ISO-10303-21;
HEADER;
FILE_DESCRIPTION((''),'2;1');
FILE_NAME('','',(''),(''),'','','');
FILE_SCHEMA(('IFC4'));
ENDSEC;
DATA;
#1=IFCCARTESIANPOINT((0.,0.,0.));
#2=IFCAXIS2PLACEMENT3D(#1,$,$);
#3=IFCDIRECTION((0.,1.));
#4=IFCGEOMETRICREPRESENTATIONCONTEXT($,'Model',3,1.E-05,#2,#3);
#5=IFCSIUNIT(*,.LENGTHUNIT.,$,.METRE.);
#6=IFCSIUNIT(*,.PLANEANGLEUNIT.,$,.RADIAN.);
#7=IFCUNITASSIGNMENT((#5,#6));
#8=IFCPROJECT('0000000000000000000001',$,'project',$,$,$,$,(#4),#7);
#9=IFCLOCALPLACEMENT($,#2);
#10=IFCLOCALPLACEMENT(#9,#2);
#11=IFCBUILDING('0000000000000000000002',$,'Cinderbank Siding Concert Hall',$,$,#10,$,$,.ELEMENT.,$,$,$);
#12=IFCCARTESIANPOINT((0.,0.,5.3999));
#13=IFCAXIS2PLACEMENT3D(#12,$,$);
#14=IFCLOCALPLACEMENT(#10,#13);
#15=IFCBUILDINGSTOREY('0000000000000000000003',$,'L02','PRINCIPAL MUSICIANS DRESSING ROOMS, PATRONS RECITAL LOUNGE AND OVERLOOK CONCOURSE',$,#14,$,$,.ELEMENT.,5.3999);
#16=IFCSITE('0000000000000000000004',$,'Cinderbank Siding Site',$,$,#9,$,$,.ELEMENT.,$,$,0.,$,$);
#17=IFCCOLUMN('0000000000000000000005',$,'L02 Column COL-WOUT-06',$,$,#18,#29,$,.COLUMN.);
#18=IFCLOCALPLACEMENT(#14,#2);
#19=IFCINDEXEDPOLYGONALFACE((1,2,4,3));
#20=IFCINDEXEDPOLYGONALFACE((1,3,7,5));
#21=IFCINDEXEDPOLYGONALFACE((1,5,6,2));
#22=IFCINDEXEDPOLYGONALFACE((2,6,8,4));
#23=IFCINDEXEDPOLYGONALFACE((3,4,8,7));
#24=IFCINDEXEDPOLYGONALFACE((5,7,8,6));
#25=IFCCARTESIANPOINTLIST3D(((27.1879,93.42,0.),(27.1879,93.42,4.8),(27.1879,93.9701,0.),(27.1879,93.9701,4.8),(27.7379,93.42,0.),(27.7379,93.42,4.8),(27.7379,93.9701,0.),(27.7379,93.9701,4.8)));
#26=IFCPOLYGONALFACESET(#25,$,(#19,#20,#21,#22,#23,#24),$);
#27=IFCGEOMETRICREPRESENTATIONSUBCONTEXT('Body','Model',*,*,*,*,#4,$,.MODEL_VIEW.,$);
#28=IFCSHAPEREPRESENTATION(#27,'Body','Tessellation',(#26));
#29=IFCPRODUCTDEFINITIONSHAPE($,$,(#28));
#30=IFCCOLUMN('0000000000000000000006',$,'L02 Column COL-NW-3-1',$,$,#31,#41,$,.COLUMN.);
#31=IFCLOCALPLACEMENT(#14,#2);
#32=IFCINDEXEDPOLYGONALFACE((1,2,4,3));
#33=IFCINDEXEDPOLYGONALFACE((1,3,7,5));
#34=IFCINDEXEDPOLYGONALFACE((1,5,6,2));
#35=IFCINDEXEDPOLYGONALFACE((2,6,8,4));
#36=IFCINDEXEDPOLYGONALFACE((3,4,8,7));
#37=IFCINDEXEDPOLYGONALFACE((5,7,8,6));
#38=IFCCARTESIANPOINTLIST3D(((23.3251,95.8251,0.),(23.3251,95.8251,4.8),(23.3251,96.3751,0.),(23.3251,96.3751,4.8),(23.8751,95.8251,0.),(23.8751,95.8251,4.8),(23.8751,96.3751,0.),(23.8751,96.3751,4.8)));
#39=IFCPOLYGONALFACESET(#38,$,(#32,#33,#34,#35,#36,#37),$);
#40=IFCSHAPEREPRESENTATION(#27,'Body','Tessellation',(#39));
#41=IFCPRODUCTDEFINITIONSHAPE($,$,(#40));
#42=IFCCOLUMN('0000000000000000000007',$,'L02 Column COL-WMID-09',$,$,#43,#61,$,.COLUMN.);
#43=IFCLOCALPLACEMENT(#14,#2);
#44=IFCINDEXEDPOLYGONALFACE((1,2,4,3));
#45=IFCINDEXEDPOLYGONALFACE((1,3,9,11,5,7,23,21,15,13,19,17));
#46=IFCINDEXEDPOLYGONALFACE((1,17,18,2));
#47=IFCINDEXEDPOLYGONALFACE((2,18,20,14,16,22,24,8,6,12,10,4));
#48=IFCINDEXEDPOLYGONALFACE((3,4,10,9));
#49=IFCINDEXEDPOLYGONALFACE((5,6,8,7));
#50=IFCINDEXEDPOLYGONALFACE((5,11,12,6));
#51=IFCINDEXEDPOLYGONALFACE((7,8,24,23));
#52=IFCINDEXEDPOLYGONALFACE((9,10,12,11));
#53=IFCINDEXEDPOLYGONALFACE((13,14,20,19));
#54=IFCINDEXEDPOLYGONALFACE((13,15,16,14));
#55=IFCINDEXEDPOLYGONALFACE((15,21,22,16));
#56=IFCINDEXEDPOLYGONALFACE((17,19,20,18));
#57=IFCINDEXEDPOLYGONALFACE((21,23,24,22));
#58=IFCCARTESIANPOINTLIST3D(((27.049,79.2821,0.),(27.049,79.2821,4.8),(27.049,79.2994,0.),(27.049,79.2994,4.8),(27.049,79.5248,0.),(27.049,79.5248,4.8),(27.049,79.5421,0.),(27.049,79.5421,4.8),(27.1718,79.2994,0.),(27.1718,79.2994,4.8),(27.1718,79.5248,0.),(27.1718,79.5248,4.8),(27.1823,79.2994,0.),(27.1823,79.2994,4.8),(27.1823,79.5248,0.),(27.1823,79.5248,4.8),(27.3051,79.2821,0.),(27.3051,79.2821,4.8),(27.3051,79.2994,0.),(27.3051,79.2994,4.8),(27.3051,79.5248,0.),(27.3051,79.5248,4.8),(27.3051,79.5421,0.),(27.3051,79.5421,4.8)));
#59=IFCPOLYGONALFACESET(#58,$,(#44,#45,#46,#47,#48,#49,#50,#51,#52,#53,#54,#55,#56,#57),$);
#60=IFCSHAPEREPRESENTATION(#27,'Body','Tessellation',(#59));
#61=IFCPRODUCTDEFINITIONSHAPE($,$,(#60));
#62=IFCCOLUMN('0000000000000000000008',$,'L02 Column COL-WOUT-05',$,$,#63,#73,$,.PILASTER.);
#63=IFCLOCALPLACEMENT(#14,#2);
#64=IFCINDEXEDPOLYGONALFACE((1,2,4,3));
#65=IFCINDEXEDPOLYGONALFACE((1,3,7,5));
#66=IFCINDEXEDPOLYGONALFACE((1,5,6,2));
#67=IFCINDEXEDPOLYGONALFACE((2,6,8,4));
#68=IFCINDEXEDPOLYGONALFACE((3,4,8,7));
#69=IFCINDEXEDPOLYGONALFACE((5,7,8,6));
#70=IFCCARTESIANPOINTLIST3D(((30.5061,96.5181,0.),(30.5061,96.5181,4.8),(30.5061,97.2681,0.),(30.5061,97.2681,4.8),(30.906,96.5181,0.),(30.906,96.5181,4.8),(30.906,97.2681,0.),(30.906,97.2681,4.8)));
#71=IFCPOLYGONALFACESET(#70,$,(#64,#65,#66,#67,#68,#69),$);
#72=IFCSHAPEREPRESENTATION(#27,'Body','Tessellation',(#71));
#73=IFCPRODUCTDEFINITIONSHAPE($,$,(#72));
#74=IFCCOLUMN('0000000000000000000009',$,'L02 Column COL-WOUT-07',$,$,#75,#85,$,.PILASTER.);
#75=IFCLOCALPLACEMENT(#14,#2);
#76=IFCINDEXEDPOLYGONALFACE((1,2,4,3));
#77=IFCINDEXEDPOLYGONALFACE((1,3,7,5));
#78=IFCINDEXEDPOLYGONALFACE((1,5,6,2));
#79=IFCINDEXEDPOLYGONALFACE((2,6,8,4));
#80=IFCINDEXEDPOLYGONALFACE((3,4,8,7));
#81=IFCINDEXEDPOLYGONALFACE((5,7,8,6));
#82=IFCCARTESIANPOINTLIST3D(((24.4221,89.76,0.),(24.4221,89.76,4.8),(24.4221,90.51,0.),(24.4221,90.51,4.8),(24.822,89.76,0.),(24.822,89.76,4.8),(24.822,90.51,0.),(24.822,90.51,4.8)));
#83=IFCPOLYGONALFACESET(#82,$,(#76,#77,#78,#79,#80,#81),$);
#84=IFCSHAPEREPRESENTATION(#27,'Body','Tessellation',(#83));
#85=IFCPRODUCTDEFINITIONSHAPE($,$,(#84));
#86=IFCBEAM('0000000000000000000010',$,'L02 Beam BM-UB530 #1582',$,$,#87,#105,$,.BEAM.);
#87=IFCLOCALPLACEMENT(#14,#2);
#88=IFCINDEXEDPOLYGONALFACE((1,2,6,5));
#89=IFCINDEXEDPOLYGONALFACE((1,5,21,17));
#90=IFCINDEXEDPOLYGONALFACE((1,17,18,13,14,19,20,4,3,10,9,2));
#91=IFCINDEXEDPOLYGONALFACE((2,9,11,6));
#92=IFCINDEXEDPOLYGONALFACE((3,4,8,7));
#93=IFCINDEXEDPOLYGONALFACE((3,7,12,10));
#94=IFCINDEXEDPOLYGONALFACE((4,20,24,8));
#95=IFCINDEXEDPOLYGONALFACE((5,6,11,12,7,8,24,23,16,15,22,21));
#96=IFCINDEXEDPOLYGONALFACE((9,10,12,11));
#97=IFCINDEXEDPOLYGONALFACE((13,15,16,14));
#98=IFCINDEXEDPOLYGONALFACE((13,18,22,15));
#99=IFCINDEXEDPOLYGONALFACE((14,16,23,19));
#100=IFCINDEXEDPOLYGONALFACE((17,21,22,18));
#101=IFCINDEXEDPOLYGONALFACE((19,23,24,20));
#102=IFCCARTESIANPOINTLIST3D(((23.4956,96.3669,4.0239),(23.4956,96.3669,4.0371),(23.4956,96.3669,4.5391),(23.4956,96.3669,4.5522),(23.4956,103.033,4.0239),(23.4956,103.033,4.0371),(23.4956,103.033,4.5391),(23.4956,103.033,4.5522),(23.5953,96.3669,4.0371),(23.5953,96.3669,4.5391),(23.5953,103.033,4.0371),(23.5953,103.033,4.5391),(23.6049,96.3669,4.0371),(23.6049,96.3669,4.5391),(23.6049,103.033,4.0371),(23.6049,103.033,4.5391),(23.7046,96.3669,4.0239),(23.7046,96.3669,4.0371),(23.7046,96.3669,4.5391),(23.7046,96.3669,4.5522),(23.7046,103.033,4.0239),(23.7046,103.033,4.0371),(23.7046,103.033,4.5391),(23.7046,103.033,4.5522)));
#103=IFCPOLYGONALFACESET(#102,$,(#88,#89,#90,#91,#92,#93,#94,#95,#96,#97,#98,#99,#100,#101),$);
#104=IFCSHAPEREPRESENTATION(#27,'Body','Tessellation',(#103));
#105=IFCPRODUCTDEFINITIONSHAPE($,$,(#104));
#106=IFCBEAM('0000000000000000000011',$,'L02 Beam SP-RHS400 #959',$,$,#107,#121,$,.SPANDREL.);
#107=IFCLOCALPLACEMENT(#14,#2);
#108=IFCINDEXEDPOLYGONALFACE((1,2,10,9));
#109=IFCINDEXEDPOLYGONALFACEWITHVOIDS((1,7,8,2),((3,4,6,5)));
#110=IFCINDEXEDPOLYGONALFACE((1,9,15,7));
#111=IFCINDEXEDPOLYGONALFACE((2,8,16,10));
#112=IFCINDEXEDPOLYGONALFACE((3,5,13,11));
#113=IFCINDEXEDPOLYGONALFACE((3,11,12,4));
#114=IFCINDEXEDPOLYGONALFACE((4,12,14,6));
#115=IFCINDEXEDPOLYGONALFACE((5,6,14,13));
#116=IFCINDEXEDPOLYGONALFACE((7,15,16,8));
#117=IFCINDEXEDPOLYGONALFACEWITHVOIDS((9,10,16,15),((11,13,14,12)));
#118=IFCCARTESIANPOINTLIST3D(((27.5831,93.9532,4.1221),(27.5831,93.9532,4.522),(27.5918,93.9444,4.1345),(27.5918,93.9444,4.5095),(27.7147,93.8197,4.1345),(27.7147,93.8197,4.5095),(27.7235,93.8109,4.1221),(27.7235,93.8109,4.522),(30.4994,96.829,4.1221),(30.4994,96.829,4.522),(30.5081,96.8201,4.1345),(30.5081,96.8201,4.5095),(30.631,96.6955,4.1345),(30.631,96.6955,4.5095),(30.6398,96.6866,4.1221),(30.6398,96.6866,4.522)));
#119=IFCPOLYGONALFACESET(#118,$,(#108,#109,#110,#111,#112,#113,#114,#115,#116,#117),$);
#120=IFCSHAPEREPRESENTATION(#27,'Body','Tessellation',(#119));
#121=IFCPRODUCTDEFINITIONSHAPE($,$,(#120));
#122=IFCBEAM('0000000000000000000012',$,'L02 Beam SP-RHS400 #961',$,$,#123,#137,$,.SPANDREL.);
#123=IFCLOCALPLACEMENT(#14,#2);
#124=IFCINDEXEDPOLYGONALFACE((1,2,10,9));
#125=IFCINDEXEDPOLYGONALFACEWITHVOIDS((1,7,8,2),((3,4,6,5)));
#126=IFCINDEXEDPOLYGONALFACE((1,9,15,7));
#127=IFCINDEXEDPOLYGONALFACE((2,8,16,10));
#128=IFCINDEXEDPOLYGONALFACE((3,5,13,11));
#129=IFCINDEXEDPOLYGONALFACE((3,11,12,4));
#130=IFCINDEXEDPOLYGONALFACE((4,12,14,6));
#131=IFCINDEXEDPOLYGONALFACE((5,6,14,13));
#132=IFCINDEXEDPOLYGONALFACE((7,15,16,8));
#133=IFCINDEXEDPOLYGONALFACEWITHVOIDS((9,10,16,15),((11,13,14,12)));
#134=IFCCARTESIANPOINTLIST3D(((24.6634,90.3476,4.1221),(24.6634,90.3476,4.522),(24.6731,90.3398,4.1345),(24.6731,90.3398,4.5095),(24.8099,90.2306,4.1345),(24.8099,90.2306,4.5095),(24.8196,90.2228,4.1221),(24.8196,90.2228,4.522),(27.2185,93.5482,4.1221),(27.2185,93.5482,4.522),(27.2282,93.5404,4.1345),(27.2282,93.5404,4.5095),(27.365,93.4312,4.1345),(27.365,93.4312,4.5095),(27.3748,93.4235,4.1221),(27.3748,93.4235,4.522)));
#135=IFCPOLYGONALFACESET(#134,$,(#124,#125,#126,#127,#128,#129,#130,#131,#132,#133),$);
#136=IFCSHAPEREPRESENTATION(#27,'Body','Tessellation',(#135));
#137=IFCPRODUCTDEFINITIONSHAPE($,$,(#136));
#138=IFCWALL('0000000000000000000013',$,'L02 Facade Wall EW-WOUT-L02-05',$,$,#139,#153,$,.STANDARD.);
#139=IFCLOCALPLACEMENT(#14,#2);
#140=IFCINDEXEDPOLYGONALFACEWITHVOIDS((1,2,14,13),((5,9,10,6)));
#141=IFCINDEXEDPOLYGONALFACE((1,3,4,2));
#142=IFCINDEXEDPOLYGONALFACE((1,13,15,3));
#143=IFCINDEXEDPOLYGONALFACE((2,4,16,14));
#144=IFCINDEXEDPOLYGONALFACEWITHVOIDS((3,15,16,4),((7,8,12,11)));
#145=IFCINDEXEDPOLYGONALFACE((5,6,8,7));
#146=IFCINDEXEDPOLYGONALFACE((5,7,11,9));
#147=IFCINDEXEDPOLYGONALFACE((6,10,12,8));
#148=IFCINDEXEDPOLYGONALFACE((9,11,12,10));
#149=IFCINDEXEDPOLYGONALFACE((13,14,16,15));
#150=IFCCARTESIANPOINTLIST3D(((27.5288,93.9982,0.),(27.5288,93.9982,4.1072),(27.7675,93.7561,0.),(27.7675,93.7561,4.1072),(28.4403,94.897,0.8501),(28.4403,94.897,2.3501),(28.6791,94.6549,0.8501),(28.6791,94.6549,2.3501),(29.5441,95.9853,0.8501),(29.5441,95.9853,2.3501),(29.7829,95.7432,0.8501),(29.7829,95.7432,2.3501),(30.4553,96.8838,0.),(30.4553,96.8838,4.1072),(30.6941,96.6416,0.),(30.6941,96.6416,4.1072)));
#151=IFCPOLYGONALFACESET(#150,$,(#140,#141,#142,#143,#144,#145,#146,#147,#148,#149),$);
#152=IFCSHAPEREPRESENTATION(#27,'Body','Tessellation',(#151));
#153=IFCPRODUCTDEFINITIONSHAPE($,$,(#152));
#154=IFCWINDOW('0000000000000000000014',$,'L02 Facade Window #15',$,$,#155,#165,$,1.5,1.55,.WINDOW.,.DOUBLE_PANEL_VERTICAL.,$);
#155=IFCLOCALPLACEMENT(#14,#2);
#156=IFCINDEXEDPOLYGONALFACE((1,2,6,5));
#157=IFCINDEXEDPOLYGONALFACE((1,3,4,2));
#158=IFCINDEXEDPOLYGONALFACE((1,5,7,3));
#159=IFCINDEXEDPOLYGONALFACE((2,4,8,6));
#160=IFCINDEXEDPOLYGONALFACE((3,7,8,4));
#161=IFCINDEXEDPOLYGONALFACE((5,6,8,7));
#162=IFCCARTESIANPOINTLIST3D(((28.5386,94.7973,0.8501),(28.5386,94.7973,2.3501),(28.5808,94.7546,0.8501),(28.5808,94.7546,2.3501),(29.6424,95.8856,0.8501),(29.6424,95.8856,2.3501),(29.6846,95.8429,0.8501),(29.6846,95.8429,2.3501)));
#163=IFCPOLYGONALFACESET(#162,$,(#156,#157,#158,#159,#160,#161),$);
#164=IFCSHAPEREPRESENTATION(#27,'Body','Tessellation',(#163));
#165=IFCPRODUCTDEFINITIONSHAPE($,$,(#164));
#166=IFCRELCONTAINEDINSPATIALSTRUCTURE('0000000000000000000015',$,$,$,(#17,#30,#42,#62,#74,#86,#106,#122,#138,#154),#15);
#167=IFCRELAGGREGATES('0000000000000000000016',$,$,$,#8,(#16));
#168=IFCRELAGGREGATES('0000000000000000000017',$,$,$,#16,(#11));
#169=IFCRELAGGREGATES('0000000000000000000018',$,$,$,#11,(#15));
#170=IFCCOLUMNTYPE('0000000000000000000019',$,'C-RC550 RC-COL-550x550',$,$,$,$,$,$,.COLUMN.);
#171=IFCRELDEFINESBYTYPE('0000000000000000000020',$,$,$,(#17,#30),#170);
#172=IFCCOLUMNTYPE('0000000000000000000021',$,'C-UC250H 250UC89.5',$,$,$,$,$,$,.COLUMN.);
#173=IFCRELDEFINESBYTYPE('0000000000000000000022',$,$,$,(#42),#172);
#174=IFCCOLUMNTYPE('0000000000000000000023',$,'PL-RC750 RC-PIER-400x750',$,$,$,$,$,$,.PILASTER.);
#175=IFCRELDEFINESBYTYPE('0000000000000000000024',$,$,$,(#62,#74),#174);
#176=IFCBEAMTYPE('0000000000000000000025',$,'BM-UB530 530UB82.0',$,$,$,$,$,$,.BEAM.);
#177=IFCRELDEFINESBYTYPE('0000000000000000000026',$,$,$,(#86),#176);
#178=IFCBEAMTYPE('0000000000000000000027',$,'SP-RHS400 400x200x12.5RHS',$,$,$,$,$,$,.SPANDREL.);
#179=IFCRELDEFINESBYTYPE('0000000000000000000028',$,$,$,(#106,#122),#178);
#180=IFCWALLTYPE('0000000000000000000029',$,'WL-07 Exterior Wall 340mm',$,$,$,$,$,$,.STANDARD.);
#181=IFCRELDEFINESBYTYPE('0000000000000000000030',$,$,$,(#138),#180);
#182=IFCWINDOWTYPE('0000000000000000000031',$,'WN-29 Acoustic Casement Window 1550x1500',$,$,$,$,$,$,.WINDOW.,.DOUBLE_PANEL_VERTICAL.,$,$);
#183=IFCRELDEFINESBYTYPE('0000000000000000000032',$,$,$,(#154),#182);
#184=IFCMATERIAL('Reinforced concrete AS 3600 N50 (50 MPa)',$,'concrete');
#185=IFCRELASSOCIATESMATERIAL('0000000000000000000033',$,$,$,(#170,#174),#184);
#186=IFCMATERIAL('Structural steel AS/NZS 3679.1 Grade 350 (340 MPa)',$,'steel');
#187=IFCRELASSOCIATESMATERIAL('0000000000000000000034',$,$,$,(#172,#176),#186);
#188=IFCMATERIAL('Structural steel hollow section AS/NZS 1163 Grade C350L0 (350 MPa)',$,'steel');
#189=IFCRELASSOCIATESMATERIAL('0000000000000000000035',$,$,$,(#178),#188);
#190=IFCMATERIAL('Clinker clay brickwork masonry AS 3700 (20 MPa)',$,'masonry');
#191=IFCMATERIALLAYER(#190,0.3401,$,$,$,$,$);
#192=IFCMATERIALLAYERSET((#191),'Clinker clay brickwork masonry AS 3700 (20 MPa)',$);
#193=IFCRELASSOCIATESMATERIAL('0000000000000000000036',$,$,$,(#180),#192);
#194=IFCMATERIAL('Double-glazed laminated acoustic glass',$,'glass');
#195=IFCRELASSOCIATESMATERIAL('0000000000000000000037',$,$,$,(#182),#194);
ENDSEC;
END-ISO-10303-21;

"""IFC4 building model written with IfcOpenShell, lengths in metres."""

from ifc_helpers import new_model, si_unit, direction, frame, frame_2d, origin, origin_2d, place, context, subcontext, project, spatial, rectangle, hollow_rectangle, i_section, extrude, material, layer, layer_set, material_profile, profile_set, type_object, element, fill, save


model = new_model("IFC4")

# Units and contexts
model_context = context("Model", 3, precision=1e-05, world=origin(), true_north=direction((0.0, 1.0)))
body_context = subcontext(model_context, "Body", "Model", "MODEL_VIEW")
ifc_project = project(units=[si_unit("LENGTHUNIT", "METRE"), si_unit("PLANEANGLEUNIT", "RADIAN")], contexts=[model_context])

# Site, building, storey
site_placement = place(None, origin())
site = spatial("IfcSite", under=ifc_project, at=site_placement, Name="Cinderbank Siding Site", CompositionType="ELEMENT", RefElevation=0.0)
building_placement = place(site_placement, origin())
building = spatial("IfcBuilding", under=site, at=building_placement, Name="Cinderbank Siding Concert Hall", CompositionType="ELEMENT")
storey_placement = place(building_placement, frame((0.0, 0.0, 5.3999)))
storey = spatial("IfcBuildingStorey", under=building, at=storey_placement, Name="L02", Description="PRINCIPAL MUSICIANS DRESSING ROOMS, PATRONS RECITAL LOUNGE AND OVERLOOK CONCOURSE", CompositionType="ELEMENT", Elevation=5.3999)

# Columns
ifc_material_1 = material(Name="Reinforced concrete AS 3600 N50 (50 MPa)", Category="concrete")
ifc_material_profile_1 = material_profile(ifc_material_1, rectangle(XDim=0.55, YDim=0.55, at=origin_2d()), Name="RC-COL-550x550", Category="LoadBearing")
ifc_profile_set_1 = profile_set([ifc_material_profile_1], Name="Reinforced concrete AS 3600 N50 (50 MPa)")
column_type_1 = type_object("IfcColumnType", Name="C-RC550 RC-COL-550x550", PredefinedType="COLUMN", material=ifc_profile_set_1)
for number, where, z_axis, x_axis, name in (
    (1, (27.4629, 93.6951, 0.0), (0.0, 0.0, 1.0), (1.0, 0.0, 0.0), "L02 Column COL-WOUT-06"),
    (2, (23.6001, 96.1001, 0.0), (0.0, 0.0, 1.0), (1.0, 0.0, 0.0), "L02 Column COL-NW-3-1"),
):
    element("IfcColumn", number, at=place(storey_placement, frame(where, z_axis=z_axis, x_axis=x_axis)), inside=storey, type_object=column_type_1, Name=name, PredefinedType="COLUMN", context=body_context, shape_type="SweptSolid", body=[
        extrude(rectangle(XDim=0.55, YDim=0.55, at=origin_2d()), origin(), (0.0, 0.0, 1.0), 4.8),
    ])
ifc_material_2 = material(Name="Structural steel AS/NZS 3679.1 Grade 350 (340 MPa)", Category="steel")
ifc_material_profile_2 = material_profile(ifc_material_2, i_section(OverallWidth=0.2561, OverallDepth=0.26, WebThickness=0.0105, FlangeThickness=0.0173, at=origin_2d()), Name="250UC89.5", Category="LoadBearing")
ifc_profile_set_2 = profile_set([ifc_material_profile_2], Name="Structural steel AS/NZS 3679.1 Grade 350 (340 MPa)")
column_type_2 = type_object("IfcColumnType", Name="C-UC250H 250UC89.5", PredefinedType="COLUMN", material=ifc_profile_set_2)
column_placement = place(storey_placement, frame((27.177, 79.4121, 0.0), z_axis=(0.0, 0.0, 1.0), x_axis=(1.0, 0.0, 0.0)))
element("IfcColumn", 3, at=column_placement, inside=storey, type_object=column_type_2, Name="L02 Column COL-WMID-09", PredefinedType="COLUMN", context=body_context, shape_type="SweptSolid", body=[
    extrude(i_section(OverallWidth=0.2561, OverallDepth=0.26, WebThickness=0.0105, FlangeThickness=0.0173, at=origin_2d()), origin(), (0.0, 0.0, 1.0), 4.8),
])
ifc_material_profile_3 = material_profile(ifc_material_1, rectangle(XDim=0.3999, YDim=0.75, at=origin_2d()), Name="RC-PIER-400x750", Category="LoadBearing")
ifc_profile_set_3 = profile_set([ifc_material_profile_3], Name="Reinforced concrete AS 3600 N50 (50 MPa)")
column_type_3 = type_object("IfcColumnType", Name="PL-RC750 RC-PIER-400x750", PredefinedType="PILASTER", material=ifc_profile_set_3)
for number, where, z_axis, x_axis, name in (
    (4, (30.7061, 96.8931, 0.0), (0.0, 0.0, 1.0), (1.0, 0.0, 0.0), "L02 Column COL-WOUT-05"),
    (5, (24.6221, 90.135, 0.0), (0.0, 0.0, 1.0), (1.0, 0.0, 0.0), "L02 Column COL-WOUT-07"),
):
    element("IfcColumn", number, at=place(storey_placement, frame(where, z_axis=z_axis, x_axis=x_axis)), inside=storey, type_object=column_type_3, Name=name, PredefinedType="PILASTER", context=body_context, shape_type="SweptSolid", body=[
        extrude(rectangle(XDim=0.3999, YDim=0.75, at=origin_2d()), origin(), (0.0, 0.0, 1.0), 4.8),
    ])

# Beams
ifc_material_profile_4 = material_profile(ifc_material_2, i_section(OverallWidth=0.209, OverallDepth=0.5283, WebThickness=0.0095, FlangeThickness=0.0132, at=origin_2d()), Name="530UB82.0", Category="LoadBearing")
ifc_profile_set_4 = profile_set([ifc_material_profile_4], Name="Structural steel AS/NZS 3679.1 Grade 350 (340 MPa)")
beam_type_1 = type_object("IfcBeamType", Name="BM-UB530 530UB82.0", PredefinedType="BEAM", material=ifc_profile_set_4)
beam_1_placement = place(storey_placement, frame((23.6001, 96.3669, 4.2881), z_axis=(0.0, 1.0, 0.0), x_axis=(-1.0, 0.0, 0.0)))
element("IfcBeam", 6, at=beam_1_placement, inside=storey, type_object=beam_type_1, Name="L02 Beam BM-UB530 #1582", PredefinedType="BEAM", context=body_context, shape_type="SweptSolid", body=[
    extrude(i_section(OverallWidth=0.209, OverallDepth=0.5283, WebThickness=0.0095, FlangeThickness=0.0132, at=origin_2d()), origin(), (0.0, 0.0, 1.0), 6.666),
])
ifc_material_3 = material(Name="Structural steel hollow section AS/NZS 1163 Grade C350L0 (350 MPa)", Category="steel")
ifc_material_profile_5 = material_profile(ifc_material_3, hollow_rectangle(XDim=0.2, YDim=0.3999, WallThickness=0.0125, at=origin_2d()), Name="400x200x12.5RHS", Category="LoadBearing")
ifc_profile_set_5 = profile_set([ifc_material_profile_5], Name="Structural steel hollow section AS/NZS 1163 Grade C350L0 (350 MPa)")
beam_type_2 = type_object("IfcBeamType", Name="SP-RHS400 400x200x12.5RHS", PredefinedType="SPANDREL", material=ifc_profile_set_5)
beam_2_placement = place(storey_placement, frame((30.5696, 96.7578, 4.322), z_axis=(-0.712037, -0.702142, 0.0), x_axis=(0.702142, -0.712037, 0.0)))
element("IfcBeam", 7, at=beam_2_placement, inside=storey, type_object=beam_type_2, Name="L02 Beam SP-RHS400 #959", PredefinedType="SPANDREL", context=body_context, shape_type="SweptSolid", body=[
    extrude(hollow_rectangle(XDim=0.2, YDim=0.3999, WallThickness=0.0125, at=origin_2d()), origin(), (0.0, 0.0, 1.0), 4.0957),
])
beam_3_placement = place(storey_placement, frame((27.2966, 93.4858, 4.322), z_axis=(-0.623895, -0.781508, 0.0), x_axis=(0.781508, -0.623895, 0.0)))
element("IfcBeam", 8, at=beam_3_placement, inside=storey, type_object=beam_type_2, Name="L02 Beam SP-RHS400 #961", PredefinedType="SPANDREL", context=body_context, shape_type="SweptSolid", body=[
    extrude(hollow_rectangle(XDim=0.2, YDim=0.3999, WallThickness=0.0125, at=origin_2d()), origin(), (0.0, 0.0, 1.0), 4.0955),
])

# Wall, opening, window
ifc_material_4 = material(Name="Clinker clay brickwork masonry AS 3700 (20 MPa)", Category="masonry")
ifc_layer_1 = layer(ifc_material_4, 0.3401)
ifc_layer_set_1 = layer_set([ifc_layer_1], Name="Clinker clay brickwork masonry AS 3700 (20 MPa)")
wall_type_1 = type_object("IfcWallType", Name="WL-07 Exterior Wall 340mm", PredefinedType="STANDARD", material=ifc_layer_set_1)
wall_1_placement = place(storey_placement, frame((30.5747, 96.7627, 0.0), z_axis=(0.0, 0.0, 1.0), x_axis=(-0.712079, -0.702099, 0.0)))
wall_1 = element("IfcWall", 9, at=wall_1_placement, inside=storey, type_object=wall_type_1, Name="L02 Facade Wall EW-WOUT-L02-05", PredefinedType="STANDARD", context=body_context, shape_type="SweptSolid", body=[
    extrude(rectangle(XDim=4.1099, YDim=0.3401, at=frame_2d((2.0549, 0.0))), origin(), (0.0, 0.0, 1.0), 4.1072),
])
opening_1_placement = place(wall_1_placement, frame((1.2798, 0.0, 0.8501)))
opening_1 = element("IfcOpeningElement", 10, at=opening_1_placement, cuts=wall_1, PredefinedType="OPENING", context=body_context, shape_type="SweptSolid", body=[
    extrude(rectangle(XDim=1.55, YDim=1.5, at=frame_2d((0.7749, 0.75))), frame((0.0, 0.1821, 0.0), z_axis=(0.0, -1.0, 0.0), x_axis=(1.0, 0.0, 0.0)), (0.0, 0.0, 1.0), 0.364),
])
ifc_material_5 = material(Name="Double-glazed laminated acoustic glass", Category="glass")
window_type_1 = type_object("IfcWindowType", Name="WN-29 Acoustic Casement Window 1550x1500", PartitioningType="DOUBLE_PANEL_VERTICAL", PredefinedType="WINDOW", material=ifc_material_5)
window_1_placement = place(opening_1_placement, origin())
window_1 = element("IfcWindow", 11, at=window_1_placement, inside=storey, type_object=window_type_1, Name="L02 Facade Window #15", OverallHeight=1.5, OverallWidth=1.55, PartitioningType="DOUBLE_PANEL_VERTICAL", PredefinedType="WINDOW", context=body_context, shape_type="SweptSolid", body=[
    extrude(rectangle(XDim=1.55, YDim=1.5, at=frame_2d((0.7749, 0.75))), frame((0.0, 0.03, 0.0), z_axis=(0.0, -1.0, 0.0), x_axis=(1.0, 0.0, 0.0)), (0.0, 0.0, 1.0), 0.0601),
])
fill(opening_1, window_1)

save(model, "model.ifc")
